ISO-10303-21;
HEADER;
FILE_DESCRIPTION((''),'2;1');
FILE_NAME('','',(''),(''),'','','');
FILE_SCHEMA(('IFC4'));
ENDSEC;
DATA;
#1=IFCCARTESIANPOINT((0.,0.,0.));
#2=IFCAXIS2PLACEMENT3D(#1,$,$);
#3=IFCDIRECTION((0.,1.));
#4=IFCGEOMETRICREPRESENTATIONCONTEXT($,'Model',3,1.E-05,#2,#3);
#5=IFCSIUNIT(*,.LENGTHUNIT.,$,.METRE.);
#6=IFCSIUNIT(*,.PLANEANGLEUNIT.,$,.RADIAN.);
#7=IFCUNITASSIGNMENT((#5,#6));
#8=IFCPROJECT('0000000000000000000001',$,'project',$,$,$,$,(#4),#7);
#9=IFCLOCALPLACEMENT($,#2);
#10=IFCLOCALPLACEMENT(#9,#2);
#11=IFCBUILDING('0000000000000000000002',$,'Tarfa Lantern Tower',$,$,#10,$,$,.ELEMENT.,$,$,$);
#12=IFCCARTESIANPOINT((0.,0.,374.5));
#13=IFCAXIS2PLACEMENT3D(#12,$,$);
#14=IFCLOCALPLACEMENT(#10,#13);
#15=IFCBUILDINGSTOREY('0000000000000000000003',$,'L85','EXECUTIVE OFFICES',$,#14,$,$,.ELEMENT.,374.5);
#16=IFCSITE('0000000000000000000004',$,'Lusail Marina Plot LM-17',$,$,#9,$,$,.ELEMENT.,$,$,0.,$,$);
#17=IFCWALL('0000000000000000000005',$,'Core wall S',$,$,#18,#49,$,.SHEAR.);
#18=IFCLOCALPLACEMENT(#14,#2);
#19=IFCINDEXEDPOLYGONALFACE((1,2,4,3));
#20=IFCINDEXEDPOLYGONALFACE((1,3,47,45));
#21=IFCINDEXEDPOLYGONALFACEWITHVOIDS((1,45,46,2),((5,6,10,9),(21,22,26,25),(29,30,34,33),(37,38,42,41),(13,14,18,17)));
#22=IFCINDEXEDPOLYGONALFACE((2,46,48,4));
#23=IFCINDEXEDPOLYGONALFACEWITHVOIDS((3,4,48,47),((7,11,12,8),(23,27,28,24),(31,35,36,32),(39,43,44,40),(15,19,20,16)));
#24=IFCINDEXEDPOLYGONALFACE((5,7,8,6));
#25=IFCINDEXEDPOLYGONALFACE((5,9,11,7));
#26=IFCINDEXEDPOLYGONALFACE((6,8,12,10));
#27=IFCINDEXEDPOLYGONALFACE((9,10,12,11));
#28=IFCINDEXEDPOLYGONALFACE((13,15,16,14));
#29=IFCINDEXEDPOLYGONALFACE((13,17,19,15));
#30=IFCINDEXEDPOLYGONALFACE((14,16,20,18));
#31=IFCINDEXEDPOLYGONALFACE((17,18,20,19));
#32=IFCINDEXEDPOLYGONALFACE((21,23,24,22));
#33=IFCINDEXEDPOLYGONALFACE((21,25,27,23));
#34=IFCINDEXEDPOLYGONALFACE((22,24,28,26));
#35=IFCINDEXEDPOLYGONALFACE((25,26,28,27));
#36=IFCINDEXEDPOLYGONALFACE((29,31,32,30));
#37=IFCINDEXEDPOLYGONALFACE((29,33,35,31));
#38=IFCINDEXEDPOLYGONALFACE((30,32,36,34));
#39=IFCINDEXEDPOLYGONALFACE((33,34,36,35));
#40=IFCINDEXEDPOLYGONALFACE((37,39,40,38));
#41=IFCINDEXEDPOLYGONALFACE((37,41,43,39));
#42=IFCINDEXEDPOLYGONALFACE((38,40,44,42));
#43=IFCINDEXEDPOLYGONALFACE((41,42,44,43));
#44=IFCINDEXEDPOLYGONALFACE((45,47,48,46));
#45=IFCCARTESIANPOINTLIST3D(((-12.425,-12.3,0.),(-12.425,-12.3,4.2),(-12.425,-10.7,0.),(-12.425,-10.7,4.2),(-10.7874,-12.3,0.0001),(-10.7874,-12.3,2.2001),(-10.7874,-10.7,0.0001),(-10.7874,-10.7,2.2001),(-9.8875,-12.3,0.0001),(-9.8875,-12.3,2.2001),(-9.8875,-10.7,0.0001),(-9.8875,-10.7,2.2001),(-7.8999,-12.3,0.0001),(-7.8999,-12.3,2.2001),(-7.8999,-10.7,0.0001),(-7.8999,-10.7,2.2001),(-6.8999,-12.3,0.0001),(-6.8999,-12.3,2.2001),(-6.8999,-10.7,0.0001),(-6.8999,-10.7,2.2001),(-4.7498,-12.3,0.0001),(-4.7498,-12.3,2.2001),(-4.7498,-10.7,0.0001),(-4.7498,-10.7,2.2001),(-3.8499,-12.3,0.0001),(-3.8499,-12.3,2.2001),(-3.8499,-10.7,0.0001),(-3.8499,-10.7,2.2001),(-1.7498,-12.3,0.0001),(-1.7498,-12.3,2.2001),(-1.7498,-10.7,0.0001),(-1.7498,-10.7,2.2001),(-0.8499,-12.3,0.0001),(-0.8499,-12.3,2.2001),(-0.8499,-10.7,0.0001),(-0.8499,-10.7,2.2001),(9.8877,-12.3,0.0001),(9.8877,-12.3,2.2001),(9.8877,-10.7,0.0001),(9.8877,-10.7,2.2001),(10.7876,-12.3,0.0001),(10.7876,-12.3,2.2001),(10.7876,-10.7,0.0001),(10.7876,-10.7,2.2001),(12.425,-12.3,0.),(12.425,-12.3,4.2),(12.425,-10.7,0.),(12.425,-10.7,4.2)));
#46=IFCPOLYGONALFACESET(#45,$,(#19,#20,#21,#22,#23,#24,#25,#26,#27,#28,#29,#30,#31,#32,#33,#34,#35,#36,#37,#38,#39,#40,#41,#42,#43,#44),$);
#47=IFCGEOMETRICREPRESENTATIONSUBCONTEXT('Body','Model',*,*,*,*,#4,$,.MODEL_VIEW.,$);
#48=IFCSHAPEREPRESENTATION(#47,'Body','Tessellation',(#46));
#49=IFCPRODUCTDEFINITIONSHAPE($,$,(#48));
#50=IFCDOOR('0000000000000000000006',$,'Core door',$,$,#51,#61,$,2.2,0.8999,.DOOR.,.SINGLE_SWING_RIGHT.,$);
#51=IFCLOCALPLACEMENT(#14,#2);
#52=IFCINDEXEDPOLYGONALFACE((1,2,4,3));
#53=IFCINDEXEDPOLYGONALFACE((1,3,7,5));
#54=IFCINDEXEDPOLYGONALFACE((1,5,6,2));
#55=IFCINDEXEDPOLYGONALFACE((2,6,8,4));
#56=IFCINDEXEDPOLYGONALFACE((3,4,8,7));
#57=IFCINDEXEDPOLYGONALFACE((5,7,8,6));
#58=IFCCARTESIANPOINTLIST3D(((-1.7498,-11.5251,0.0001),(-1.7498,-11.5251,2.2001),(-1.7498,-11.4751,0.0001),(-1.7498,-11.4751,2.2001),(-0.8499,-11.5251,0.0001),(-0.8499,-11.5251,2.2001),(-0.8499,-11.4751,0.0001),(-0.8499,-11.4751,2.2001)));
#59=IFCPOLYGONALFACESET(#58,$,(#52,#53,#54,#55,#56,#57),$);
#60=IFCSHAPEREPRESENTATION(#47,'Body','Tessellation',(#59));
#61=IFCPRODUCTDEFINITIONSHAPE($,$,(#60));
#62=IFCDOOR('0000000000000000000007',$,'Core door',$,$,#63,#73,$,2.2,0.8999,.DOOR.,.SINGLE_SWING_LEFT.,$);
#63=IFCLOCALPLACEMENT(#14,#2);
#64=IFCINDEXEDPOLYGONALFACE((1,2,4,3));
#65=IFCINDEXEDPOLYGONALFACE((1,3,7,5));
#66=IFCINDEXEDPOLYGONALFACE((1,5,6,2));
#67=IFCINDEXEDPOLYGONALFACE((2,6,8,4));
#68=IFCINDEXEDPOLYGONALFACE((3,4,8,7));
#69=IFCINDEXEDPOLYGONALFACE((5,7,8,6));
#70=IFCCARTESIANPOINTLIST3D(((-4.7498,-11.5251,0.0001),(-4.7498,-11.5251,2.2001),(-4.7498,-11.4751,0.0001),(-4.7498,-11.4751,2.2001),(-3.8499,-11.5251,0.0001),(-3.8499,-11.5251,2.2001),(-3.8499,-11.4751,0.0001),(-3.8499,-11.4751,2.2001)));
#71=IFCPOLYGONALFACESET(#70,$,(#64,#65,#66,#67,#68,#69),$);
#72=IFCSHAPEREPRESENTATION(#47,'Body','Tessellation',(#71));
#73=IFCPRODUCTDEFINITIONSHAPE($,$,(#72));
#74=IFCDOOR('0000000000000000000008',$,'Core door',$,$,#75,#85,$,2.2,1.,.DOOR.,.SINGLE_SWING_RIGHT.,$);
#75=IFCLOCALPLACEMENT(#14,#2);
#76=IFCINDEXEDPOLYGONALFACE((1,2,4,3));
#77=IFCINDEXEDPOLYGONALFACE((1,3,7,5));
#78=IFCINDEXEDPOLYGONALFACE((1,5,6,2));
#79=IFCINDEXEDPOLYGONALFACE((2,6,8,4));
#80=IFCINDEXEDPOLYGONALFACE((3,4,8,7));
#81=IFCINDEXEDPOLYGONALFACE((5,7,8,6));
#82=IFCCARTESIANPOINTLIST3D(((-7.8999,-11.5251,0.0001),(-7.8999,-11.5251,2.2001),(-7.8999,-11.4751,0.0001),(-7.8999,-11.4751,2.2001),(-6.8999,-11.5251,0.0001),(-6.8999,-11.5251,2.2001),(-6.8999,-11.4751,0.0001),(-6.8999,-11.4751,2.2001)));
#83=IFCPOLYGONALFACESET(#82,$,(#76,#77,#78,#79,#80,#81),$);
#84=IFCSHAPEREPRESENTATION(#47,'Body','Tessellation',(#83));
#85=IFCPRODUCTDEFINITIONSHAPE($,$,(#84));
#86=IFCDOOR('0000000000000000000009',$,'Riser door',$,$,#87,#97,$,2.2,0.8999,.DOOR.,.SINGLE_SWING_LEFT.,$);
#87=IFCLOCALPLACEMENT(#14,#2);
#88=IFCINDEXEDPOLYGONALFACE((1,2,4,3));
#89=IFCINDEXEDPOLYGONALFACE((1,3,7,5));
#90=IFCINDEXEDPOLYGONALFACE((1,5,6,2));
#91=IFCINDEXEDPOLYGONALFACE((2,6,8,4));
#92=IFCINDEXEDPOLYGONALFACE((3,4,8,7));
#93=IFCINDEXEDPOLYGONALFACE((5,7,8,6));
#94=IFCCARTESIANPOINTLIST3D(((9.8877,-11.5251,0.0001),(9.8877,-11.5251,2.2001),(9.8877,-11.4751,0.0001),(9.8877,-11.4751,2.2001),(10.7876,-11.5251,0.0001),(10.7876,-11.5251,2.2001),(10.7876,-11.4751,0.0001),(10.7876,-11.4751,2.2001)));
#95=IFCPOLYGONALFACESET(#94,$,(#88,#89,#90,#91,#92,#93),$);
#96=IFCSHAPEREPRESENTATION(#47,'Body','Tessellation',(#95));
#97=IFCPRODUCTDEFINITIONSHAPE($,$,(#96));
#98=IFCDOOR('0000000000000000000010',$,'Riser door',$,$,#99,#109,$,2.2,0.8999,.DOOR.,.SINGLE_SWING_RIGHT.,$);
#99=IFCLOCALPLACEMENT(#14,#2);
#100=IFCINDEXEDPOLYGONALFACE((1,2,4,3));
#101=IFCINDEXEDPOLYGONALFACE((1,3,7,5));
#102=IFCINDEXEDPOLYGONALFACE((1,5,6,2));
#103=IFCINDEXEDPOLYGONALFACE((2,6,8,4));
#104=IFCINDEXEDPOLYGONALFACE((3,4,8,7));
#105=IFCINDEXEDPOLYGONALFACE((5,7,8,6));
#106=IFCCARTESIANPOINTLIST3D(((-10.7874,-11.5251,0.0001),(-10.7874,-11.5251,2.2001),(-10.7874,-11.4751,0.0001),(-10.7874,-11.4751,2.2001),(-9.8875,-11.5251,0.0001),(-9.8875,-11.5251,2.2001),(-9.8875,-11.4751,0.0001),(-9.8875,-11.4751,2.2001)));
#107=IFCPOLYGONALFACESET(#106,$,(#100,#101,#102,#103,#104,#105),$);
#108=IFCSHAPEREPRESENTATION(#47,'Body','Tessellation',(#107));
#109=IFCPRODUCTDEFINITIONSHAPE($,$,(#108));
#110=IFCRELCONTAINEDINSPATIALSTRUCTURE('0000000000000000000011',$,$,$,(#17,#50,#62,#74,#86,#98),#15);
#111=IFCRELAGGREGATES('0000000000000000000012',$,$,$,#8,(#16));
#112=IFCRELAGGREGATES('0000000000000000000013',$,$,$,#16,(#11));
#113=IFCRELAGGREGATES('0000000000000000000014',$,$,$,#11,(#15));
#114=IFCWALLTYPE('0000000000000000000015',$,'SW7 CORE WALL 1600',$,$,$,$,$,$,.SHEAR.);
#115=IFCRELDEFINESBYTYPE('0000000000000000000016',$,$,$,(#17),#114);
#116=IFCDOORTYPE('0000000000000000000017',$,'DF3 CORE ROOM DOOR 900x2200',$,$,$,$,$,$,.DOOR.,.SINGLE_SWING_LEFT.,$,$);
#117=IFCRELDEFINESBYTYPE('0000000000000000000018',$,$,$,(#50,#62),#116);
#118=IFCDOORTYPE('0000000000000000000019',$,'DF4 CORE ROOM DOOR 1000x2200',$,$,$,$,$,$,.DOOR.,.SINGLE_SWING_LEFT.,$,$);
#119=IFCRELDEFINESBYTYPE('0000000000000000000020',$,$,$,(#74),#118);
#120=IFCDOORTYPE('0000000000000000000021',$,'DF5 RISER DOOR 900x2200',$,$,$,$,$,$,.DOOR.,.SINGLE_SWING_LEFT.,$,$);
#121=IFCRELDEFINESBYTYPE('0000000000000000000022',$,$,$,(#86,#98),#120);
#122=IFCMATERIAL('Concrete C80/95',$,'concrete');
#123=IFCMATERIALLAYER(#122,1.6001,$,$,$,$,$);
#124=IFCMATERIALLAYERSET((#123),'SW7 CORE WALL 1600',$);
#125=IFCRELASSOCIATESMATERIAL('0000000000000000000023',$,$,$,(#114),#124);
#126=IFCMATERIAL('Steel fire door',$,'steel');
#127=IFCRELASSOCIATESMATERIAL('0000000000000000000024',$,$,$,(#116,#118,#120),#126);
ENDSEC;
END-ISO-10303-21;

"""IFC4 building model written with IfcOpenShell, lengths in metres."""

from ifc_helpers import new_model, si_unit, direction, frame, frame_2d, origin, place, context, subcontext, project, spatial, rectangle, extrude, material, layer, layer_set, type_object, element, fill, save


model = new_model("IFC4")

# Units and contexts
model_context = context("Model", 3, precision=1e-05, world=origin(), true_north=direction((0.0, 1.0)))
body_context = subcontext(model_context, "Body", "Model", "MODEL_VIEW")
ifc_project = project(units=[si_unit("LENGTHUNIT", "METRE"), si_unit("PLANEANGLEUNIT", "RADIAN")], contexts=[model_context])

# Site, building, storey
site_placement = place(None, origin())
site = spatial("IfcSite", under=ifc_project, at=site_placement, Name="Lusail Marina Plot LM-17", CompositionType="ELEMENT", RefElevation=0.0)
building_placement = place(site_placement, origin())
building = spatial("IfcBuilding", under=site, at=building_placement, Name="Tarfa Lantern Tower", CompositionType="ELEMENT")
storey_placement = place(building_placement, frame((0.0, 0.0, 374.5)))
storey = spatial("IfcBuildingStorey", under=building, at=storey_placement, Name="L85", Description="EXECUTIVE OFFICES", CompositionType="ELEMENT", Elevation=374.5)

# Shared definitions
ifc_material_1 = material(Name="Concrete C80/95", Category="concrete")

# Shared definitions
ifc_material_2 = material(Name="Steel fire door", Category="steel")

# Wall, openings, doors
ifc_layer_1 = layer(ifc_material_1, 1.6001)
ifc_layer_set_1 = layer_set([ifc_layer_1], Name="SW7 CORE WALL 1600")
wall_type_1 = type_object("IfcWallType", Name="SW7 CORE WALL 1600", PredefinedType="SHEAR", material=ifc_layer_set_1)
wall_1_placement = place(storey_placement, frame((12.425, -11.5, 0.0), z_axis=(0.0, 0.0, 1.0), x_axis=(-1.0, 0.0, 0.0)))
wall_1 = element("IfcWall", 1, at=wall_1_placement, inside=storey, type_object=wall_type_1, Name="Core wall S", PredefinedType="SHEAR", context=body_context, shape_type="SweptSolid", body=[
    extrude(rectangle(XDim=24.8501, YDim=1.6001, at=frame_2d((12.425, 0.0))), origin(), (0.0, 0.0, 1.0), 4.2),
])
opening_1_placement = place(wall_1_placement, frame((13.2749, 0.0, 0.0)))
opening_1 = element("IfcOpeningElement", 2, at=opening_1_placement, cuts=wall_1, PredefinedType="OPENING", context=body_context, shape_type="SweptSolid", body=[
    extrude(rectangle(XDim=0.8999, YDim=2.2, at=frame_2d((0.45, 1.1001))), frame((0.0, 0.8101, 0.0), z_axis=(0.0, -1.0, 0.0), x_axis=(1.0, 0.0, 0.0)), (0.0, 0.0, 1.0), 1.6201),
])
opening_2_placement = place(wall_1_placement, frame((16.2749, 0.0, 0.0)))
opening_2 = element("IfcOpeningElement", 3, at=opening_2_placement, cuts=wall_1, PredefinedType="OPENING", context=body_context, shape_type="SweptSolid", body=[
    extrude(rectangle(XDim=0.8999, YDim=2.2, at=frame_2d((0.45, 1.1001))), frame((0.0, 0.8101, 0.0), z_axis=(0.0, -1.0, 0.0), x_axis=(1.0, 0.0, 0.0)), (0.0, 0.0, 1.0), 1.6201),
])
opening_3_placement = place(wall_1_placement, frame((19.325, 0.0, 0.0)))
opening_3 = element("IfcOpeningElement", 4, at=opening_3_placement, cuts=wall_1, PredefinedType="OPENING", context=body_context, shape_type="SweptSolid", body=[
    extrude(rectangle(XDim=1.0, YDim=2.2, at=frame_2d((0.5, 1.1001))), frame((0.0, 0.8101, 0.0), z_axis=(0.0, -1.0, 0.0), x_axis=(1.0, 0.0, 0.0)), (0.0, 0.0, 1.0), 1.6201),
])
opening_4_placement = place(wall_1_placement, frame((1.6375, 0.0, 0.0)))
opening_4 = element("IfcOpeningElement", 5, at=opening_4_placement, cuts=wall_1, PredefinedType="OPENING", context=body_context, shape_type="SweptSolid", body=[
    extrude(rectangle(XDim=0.8999, YDim=2.2, at=frame_2d((0.45, 1.1001))), frame((0.0, 0.8101, 0.0), z_axis=(0.0, -1.0, 0.0), x_axis=(1.0, 0.0, 0.0)), (0.0, 0.0, 1.0), 1.6201),
])
opening_5_placement = place(wall_1_placement, frame((22.3125, 0.0, 0.0)))
opening_5 = element("IfcOpeningElement", 6, at=opening_5_placement, cuts=wall_1, PredefinedType="OPENING", context=body_context, shape_type="SweptSolid", body=[
    extrude(rectangle(XDim=0.8999, YDim=2.2, at=frame_2d((0.45, 1.1001))), frame((0.0, 0.8101, 0.0), z_axis=(0.0, -1.0, 0.0), x_axis=(1.0, 0.0, 0.0)), (0.0, 0.0, 1.0), 1.6201),
])
door_type_1 = type_object("IfcDoorType", Name="DF3 CORE ROOM DOOR 900x2200", OperationType="SINGLE_SWING_LEFT", PredefinedType="DOOR", material=ifc_material_2)
door_1_placement = place(opening_1_placement, frame((0.8999, 0.0, 0.0), z_axis=(0.0, 0.0, 1.0), x_axis=(-1.0, 0.0, 0.0)))
door_1 = element("IfcDoor", 7, at=door_1_placement, inside=storey, type_object=door_type_1, Name="Core door", OperationType="SINGLE_SWING_RIGHT", OverallHeight=2.2, OverallWidth=0.8999, PredefinedType="DOOR", context=body_context, shape_type="SweptSolid", body=[
    extrude(rectangle(XDim=0.8999, YDim=2.2, at=frame_2d((0.45, 1.1001))), frame((0.0, 0.0249, 0.0), z_axis=(0.0, -1.0, 0.0), x_axis=(1.0, 0.0, 0.0)), (0.0, 0.0, 1.0), 0.05),
])
fill(opening_1, door_1)
door_2_placement = place(opening_2_placement, frame((0.8999, 0.0, 0.0), z_axis=(0.0, 0.0, 1.0), x_axis=(-1.0, 0.0, 0.0)))
door_2 = element("IfcDoor", 8, at=door_2_placement, inside=storey, type_object=door_type_1, Name="Core door", OperationType="SINGLE_SWING_LEFT", OverallHeight=2.2, OverallWidth=0.8999, PredefinedType="DOOR", context=body_context, shape_type="SweptSolid", body=[
    extrude(rectangle(XDim=0.8999, YDim=2.2, at=frame_2d((0.45, 1.1001))), frame((0.0, 0.0249, 0.0), z_axis=(0.0, -1.0, 0.0), x_axis=(1.0, 0.0, 0.0)), (0.0, 0.0, 1.0), 0.05),
])
fill(opening_2, door_2)
door_type_2 = type_object("IfcDoorType", Name="DF4 CORE ROOM DOOR 1000x2200", OperationType="SINGLE_SWING_LEFT", PredefinedType="DOOR", material=ifc_material_2)
door_3_placement = place(opening_3_placement, frame((1.0, 0.0, 0.0), z_axis=(0.0, 0.0, 1.0), x_axis=(-1.0, 0.0, 0.0)))
door_3 = element("IfcDoor", 9, at=door_3_placement, inside=storey, type_object=door_type_2, Name="Core door", OperationType="SINGLE_SWING_RIGHT", OverallHeight=2.2, OverallWidth=1.0, PredefinedType="DOOR", context=body_context, shape_type="SweptSolid", body=[
    extrude(rectangle(XDim=1.0, YDim=2.2, at=frame_2d((0.5, 1.1001))), frame((0.0, 0.0249, 0.0), z_axis=(0.0, -1.0, 0.0), x_axis=(1.0, 0.0, 0.0)), (0.0, 0.0, 1.0), 0.05),
])
fill(opening_3, door_3)
door_type_3 = type_object("IfcDoorType", Name="DF5 RISER DOOR 900x2200", OperationType="SINGLE_SWING_LEFT", PredefinedType="DOOR", material=ifc_material_2)
door_4_placement = place(opening_4_placement, frame((0.8999, 0.0, 0.0), z_axis=(0.0, 0.0, 1.0), x_axis=(-1.0, 0.0, 0.0)))
door_4 = element("IfcDoor", 10, at=door_4_placement, inside=storey, type_object=door_type_3, Name="Riser door", OperationType="SINGLE_SWING_LEFT", OverallHeight=2.2, OverallWidth=0.8999, PredefinedType="DOOR", context=body_context, shape_type="SweptSolid", body=[
    extrude(rectangle(XDim=0.8999, YDim=2.2, at=frame_2d((0.45, 1.1001))), frame((0.0, 0.0249, 0.0), z_axis=(0.0, -1.0, 0.0), x_axis=(1.0, 0.0, 0.0)), (0.0, 0.0, 1.0), 0.05),
])
fill(opening_4, door_4)
door_5_placement = place(opening_5_placement, frame((0.8999, 0.0, 0.0), z_axis=(0.0, 0.0, 1.0), x_axis=(-1.0, 0.0, 0.0)))
door_5 = element("IfcDoor", 11, at=door_5_placement, inside=storey, type_object=door_type_3, Name="Riser door", OperationType="SINGLE_SWING_RIGHT", OverallHeight=2.2, OverallWidth=0.8999, PredefinedType="DOOR", context=body_context, shape_type="SweptSolid", body=[
    extrude(rectangle(XDim=0.8999, YDim=2.2, at=frame_2d((0.45, 1.1001))), frame((0.0, 0.0249, 0.0), z_axis=(0.0, -1.0, 0.0), x_axis=(1.0, 0.0, 0.0)), (0.0, 0.0, 1.0), 0.05),
])
fill(opening_5, door_5)

save(model, "model.ifc")
